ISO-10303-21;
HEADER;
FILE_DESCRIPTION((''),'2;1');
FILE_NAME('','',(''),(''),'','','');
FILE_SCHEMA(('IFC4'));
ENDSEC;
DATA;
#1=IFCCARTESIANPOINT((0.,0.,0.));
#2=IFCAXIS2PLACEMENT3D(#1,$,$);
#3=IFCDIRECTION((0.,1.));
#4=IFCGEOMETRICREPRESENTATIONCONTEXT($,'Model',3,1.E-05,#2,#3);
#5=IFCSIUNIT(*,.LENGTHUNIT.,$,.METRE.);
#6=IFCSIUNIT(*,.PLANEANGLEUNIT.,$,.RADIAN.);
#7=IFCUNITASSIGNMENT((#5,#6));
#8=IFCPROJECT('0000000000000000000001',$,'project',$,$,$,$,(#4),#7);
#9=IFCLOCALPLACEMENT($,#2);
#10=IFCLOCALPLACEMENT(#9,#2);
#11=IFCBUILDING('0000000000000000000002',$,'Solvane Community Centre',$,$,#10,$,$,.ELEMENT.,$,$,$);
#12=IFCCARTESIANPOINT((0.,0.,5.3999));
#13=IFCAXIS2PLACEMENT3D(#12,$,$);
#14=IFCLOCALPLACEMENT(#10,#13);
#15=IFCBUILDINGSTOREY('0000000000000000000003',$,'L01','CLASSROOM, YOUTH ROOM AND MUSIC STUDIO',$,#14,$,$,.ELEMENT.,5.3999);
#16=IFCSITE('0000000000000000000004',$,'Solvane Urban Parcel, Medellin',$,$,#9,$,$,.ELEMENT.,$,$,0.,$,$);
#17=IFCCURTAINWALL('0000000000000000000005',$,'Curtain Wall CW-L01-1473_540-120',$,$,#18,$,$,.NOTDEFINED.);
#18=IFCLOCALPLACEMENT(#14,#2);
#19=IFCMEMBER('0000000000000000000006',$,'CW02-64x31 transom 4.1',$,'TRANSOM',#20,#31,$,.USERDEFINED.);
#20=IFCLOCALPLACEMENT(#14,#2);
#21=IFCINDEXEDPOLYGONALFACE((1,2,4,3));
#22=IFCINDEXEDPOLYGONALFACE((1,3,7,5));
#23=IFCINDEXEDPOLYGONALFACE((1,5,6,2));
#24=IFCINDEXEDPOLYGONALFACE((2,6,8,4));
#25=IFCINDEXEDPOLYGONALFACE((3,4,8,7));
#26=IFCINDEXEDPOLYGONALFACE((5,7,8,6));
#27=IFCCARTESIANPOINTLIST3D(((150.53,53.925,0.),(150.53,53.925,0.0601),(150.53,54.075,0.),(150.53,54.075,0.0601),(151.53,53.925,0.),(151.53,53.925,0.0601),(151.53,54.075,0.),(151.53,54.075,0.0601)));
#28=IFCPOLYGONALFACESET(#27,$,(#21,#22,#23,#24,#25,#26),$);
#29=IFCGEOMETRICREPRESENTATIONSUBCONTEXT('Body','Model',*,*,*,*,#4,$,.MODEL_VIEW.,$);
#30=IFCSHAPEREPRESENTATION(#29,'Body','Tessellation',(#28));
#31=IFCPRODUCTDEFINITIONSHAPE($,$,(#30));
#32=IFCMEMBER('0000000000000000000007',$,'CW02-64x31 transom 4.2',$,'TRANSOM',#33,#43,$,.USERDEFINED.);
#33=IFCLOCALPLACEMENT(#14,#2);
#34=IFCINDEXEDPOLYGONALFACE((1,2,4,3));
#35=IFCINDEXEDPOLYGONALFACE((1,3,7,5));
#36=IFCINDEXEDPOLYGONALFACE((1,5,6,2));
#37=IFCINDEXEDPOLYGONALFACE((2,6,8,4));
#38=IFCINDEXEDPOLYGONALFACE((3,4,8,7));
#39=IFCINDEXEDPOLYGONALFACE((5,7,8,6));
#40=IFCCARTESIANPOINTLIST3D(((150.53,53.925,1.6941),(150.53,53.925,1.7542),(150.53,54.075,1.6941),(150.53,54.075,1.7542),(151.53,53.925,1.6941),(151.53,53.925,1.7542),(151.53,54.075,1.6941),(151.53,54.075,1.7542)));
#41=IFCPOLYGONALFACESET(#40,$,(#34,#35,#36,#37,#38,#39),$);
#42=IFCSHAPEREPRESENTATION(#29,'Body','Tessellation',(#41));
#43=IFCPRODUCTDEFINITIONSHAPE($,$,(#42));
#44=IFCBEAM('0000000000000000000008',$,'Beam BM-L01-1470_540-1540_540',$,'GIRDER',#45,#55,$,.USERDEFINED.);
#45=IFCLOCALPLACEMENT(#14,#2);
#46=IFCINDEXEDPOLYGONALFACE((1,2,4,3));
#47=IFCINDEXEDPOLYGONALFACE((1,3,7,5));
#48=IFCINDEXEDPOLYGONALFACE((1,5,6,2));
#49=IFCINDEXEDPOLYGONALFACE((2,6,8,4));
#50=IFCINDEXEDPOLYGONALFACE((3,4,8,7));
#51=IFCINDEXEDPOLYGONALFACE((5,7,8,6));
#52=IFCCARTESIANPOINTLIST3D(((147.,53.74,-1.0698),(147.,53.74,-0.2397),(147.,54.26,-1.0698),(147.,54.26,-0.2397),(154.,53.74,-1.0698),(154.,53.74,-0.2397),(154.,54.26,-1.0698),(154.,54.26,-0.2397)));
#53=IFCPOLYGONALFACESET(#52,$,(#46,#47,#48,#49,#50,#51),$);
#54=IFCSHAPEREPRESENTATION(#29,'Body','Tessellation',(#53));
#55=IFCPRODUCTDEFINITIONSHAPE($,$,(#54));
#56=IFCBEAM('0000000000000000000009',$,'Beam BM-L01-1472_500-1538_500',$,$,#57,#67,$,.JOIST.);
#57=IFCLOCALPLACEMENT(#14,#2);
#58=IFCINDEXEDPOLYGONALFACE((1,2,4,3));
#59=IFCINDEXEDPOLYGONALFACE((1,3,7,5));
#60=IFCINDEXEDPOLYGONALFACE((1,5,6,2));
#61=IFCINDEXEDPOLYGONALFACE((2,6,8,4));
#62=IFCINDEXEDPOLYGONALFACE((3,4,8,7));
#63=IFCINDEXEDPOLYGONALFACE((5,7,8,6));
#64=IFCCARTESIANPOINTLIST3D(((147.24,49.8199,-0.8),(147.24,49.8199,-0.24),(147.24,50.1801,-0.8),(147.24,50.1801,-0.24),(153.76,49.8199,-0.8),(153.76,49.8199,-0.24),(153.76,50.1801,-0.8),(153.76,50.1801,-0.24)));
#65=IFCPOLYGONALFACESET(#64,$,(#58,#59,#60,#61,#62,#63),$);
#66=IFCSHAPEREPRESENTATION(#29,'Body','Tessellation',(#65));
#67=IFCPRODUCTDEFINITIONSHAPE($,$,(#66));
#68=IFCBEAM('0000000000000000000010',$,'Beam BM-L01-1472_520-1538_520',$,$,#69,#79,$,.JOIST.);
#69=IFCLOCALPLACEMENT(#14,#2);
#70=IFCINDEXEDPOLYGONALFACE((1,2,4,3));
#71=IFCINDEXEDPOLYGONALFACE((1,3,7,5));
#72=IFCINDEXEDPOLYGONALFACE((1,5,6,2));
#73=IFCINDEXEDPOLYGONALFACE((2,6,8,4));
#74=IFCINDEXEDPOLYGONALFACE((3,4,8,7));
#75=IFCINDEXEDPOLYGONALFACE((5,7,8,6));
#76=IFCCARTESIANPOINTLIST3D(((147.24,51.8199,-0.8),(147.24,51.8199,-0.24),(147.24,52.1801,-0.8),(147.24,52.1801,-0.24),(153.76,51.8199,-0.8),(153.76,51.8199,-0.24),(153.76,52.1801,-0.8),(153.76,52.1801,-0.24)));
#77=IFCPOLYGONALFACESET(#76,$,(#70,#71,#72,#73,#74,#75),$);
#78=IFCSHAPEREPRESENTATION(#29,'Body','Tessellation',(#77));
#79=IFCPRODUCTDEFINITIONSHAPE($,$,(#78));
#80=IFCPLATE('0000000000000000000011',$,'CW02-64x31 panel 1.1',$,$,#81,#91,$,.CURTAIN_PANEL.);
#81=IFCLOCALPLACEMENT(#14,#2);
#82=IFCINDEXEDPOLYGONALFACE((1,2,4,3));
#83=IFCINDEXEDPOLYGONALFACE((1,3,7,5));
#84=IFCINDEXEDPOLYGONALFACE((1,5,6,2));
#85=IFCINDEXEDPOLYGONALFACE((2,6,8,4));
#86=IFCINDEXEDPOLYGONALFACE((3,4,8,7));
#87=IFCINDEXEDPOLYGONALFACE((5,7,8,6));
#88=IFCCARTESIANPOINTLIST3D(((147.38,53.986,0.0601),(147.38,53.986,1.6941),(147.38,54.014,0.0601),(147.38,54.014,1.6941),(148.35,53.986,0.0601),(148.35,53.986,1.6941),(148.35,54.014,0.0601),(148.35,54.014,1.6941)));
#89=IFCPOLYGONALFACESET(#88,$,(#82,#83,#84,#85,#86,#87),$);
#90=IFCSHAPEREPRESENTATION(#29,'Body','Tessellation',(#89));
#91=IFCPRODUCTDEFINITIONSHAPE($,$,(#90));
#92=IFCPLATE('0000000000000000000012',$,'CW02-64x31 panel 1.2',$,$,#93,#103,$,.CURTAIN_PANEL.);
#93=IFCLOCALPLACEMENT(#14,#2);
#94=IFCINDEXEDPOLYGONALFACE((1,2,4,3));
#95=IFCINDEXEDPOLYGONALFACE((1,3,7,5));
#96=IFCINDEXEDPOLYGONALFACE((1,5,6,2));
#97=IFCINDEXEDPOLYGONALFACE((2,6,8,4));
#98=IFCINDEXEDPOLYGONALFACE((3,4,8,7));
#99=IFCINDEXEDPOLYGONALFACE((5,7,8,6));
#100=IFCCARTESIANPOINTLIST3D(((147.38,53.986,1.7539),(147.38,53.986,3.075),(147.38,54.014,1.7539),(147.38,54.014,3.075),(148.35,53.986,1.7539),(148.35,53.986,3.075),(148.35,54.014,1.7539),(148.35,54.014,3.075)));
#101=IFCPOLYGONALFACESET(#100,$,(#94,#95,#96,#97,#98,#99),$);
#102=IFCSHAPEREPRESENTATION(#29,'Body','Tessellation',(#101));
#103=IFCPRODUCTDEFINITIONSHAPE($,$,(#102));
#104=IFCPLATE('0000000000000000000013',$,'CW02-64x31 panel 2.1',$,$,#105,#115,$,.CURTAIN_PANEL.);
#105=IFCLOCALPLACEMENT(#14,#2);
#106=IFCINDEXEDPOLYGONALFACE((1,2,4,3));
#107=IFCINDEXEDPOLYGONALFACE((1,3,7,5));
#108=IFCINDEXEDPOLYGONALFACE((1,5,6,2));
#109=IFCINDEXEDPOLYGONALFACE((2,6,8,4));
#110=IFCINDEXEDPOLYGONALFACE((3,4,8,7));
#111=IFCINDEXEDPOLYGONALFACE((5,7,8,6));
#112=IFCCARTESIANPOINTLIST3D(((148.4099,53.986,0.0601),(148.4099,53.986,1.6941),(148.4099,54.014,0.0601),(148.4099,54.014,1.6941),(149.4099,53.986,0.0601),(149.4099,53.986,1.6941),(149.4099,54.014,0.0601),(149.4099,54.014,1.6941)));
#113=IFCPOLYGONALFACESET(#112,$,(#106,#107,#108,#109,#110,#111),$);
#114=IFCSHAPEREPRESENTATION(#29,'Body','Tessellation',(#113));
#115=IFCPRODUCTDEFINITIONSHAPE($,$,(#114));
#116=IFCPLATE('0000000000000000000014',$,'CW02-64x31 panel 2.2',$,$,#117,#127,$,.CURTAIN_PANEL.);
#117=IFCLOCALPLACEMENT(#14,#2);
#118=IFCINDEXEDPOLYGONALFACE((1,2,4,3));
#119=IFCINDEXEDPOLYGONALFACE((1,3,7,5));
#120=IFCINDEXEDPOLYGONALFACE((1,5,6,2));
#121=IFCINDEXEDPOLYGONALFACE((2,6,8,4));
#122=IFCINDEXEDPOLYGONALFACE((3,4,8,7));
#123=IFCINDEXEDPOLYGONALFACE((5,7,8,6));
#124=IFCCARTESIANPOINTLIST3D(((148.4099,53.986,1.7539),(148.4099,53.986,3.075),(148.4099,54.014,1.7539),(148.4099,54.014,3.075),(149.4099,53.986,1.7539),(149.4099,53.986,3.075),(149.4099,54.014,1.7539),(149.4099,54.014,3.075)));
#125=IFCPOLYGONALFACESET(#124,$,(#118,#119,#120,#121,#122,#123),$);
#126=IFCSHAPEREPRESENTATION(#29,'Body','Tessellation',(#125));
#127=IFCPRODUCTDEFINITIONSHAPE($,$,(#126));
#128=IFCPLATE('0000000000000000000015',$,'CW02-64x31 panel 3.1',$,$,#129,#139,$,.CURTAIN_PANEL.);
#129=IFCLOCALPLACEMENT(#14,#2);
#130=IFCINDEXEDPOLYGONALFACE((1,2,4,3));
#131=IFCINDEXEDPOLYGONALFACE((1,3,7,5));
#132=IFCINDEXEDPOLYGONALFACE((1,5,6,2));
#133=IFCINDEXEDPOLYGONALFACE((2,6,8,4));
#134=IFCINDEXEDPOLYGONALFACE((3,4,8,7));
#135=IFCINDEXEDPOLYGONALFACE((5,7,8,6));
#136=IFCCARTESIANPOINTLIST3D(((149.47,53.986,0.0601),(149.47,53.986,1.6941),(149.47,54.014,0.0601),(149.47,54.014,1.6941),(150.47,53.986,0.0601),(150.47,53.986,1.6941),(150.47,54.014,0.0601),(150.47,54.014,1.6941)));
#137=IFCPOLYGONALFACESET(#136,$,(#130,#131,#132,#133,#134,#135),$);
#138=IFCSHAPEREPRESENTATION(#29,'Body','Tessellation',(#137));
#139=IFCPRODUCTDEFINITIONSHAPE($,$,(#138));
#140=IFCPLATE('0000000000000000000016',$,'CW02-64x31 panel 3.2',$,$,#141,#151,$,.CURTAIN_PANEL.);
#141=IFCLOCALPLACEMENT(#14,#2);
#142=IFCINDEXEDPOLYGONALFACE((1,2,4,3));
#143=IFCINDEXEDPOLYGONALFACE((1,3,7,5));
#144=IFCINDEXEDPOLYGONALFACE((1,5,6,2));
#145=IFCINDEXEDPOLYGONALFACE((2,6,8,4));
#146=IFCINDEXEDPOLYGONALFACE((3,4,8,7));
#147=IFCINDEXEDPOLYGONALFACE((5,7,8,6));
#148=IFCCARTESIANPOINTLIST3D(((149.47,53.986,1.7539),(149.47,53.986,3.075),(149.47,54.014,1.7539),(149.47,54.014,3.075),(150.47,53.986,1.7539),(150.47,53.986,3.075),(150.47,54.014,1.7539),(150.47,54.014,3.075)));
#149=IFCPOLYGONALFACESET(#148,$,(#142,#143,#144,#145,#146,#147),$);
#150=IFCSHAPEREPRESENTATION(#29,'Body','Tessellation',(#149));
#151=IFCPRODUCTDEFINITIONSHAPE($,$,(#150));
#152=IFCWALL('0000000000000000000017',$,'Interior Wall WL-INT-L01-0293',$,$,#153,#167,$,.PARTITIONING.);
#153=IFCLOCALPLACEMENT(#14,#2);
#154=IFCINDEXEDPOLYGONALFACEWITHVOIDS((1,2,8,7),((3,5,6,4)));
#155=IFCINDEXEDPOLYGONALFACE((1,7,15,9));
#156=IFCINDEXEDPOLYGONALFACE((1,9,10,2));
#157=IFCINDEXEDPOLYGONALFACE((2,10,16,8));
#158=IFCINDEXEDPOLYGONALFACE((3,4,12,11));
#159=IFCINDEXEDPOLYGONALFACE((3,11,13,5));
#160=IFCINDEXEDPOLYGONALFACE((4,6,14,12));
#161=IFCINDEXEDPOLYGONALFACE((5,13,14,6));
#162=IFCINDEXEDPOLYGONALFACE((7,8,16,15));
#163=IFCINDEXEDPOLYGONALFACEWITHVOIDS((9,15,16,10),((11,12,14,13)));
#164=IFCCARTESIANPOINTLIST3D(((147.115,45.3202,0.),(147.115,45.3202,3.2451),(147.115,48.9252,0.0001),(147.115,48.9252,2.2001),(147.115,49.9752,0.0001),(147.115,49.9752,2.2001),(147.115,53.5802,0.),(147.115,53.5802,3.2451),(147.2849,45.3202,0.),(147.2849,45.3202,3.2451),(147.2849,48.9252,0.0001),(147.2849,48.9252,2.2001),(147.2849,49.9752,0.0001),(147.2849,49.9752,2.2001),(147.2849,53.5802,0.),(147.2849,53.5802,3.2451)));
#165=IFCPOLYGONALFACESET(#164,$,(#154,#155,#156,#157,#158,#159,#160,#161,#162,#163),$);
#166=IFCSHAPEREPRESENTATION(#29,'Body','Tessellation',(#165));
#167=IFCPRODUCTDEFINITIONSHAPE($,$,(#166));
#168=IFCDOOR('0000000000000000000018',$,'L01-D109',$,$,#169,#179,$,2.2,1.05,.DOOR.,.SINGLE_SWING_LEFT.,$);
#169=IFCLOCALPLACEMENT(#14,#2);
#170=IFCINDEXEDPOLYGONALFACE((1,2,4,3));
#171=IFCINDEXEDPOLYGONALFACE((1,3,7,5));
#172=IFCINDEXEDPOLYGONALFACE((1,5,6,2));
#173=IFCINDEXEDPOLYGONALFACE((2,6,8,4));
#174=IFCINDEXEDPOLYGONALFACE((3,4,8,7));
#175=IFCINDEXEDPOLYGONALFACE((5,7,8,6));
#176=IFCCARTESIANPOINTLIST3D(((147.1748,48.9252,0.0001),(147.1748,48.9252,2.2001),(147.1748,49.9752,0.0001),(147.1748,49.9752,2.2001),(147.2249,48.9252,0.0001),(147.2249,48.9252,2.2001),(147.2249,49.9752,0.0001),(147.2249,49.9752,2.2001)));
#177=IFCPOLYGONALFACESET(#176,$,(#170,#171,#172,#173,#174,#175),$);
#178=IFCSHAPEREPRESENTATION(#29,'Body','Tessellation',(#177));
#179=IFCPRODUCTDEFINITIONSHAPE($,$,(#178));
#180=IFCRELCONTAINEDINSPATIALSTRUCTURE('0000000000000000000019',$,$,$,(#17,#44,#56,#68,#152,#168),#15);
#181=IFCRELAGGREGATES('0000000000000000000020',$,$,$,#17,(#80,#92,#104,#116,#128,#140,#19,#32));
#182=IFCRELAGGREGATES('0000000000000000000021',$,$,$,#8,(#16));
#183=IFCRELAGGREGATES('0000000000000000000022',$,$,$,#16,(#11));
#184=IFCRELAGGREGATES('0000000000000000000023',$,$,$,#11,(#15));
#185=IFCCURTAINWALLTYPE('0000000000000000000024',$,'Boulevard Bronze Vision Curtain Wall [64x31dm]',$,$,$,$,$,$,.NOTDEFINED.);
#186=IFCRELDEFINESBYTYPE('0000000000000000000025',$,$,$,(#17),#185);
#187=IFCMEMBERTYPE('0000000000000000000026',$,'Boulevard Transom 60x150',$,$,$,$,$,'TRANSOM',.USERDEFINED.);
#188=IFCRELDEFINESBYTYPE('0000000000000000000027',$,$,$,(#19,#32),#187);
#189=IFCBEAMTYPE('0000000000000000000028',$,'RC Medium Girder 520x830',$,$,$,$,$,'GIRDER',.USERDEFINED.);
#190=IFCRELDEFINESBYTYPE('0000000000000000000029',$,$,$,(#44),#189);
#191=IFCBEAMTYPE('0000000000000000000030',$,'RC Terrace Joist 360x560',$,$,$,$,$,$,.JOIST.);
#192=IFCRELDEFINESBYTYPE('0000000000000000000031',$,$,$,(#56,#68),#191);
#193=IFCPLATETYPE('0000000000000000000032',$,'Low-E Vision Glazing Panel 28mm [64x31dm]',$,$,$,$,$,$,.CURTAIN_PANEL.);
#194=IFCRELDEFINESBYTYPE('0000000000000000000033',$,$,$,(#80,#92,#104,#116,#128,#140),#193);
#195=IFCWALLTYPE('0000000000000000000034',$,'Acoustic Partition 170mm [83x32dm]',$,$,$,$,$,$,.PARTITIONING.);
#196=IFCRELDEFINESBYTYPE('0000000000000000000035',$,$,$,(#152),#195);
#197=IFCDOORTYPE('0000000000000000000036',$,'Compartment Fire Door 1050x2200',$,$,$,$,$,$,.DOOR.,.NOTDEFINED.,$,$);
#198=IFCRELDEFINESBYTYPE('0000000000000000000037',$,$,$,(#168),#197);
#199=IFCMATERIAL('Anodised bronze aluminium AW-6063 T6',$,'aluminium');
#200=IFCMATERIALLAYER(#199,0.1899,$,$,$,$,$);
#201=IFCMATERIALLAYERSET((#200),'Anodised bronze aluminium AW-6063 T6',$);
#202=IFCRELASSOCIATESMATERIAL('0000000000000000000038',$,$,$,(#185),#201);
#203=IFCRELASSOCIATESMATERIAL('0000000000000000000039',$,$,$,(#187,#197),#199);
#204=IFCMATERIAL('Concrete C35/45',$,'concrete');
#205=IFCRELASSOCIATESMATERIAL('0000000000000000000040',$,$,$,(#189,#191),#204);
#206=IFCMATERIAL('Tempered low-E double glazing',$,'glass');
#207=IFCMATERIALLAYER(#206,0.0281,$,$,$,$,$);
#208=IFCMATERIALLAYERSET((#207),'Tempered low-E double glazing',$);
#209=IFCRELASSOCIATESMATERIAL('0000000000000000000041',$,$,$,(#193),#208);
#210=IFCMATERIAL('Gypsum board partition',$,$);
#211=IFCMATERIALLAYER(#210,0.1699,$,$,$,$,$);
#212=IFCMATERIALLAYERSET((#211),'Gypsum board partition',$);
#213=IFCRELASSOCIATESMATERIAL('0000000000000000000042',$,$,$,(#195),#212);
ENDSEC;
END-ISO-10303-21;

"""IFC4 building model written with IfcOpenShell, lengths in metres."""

from ifc_helpers import new_model, si_unit, direction, frame, frame_2d, origin, origin_2d, place, context, subcontext, project, spatial, rectangle, extrude, material, layer, layer_set, material_profile, profile_set, type_object, element, fill, aggregate, save


model = new_model("IFC4")

# Units and contexts
model_context = context("Model", 3, precision=1e-05, world=origin(), true_north=direction((0.0, 1.0)))
body_context = subcontext(model_context, "Body", "Model", "MODEL_VIEW")
ifc_project = project(units=[si_unit("LENGTHUNIT", "METRE"), si_unit("PLANEANGLEUNIT", "RADIAN")], contexts=[model_context])

# Site, building, storey
site_placement = place(None, origin())
site = spatial("IfcSite", under=ifc_project, at=site_placement, Name="Solvane Urban Parcel, Medellin", CompositionType="ELEMENT", RefElevation=0.0)
building_placement = place(site_placement, origin())
building = spatial("IfcBuilding", under=site, at=building_placement, Name="Solvane Community Centre", CompositionType="ELEMENT")
storey_placement = place(building_placement, frame((0.0, 0.0, 5.3999)))
storey = spatial("IfcBuildingStorey", under=building, at=storey_placement, Name="L01", Description="CLASSROOM, YOUTH ROOM AND MUSIC STUDIO", CompositionType="ELEMENT", Elevation=5.3999)

# Shared definitions
ifc_material_1 = material(Name="Concrete C35/45", Category="concrete")

# Curtain wall, members
ifc_material_2 = material(Name="Anodised bronze aluminium AW-6063 T6", Category="aluminium")
ifc_layer_1 = layer(ifc_material_2, 0.1899)
ifc_layer_set_1 = layer_set([ifc_layer_1], Name="Anodised bronze aluminium AW-6063 T6")
curtain_wall_type = type_object("IfcCurtainWallType", Name="Boulevard Bronze Vision Curtain Wall [64x31dm]", PredefinedType="NOTDEFINED", material=ifc_layer_set_1)
curtain_wall_placement = place(storey_placement, origin())
curtain_wall = element("IfcCurtainWall", 1, at=curtain_wall_placement, inside=storey, type_object=curtain_wall_type, Name="Curtain Wall CW-L01-1473_540-120", PredefinedType="NOTDEFINED")
ifc_material_profile_1 = material_profile(ifc_material_2, rectangle(XDim=0.1499, YDim=0.0601, at=origin_2d()), Name="CW-T 60x150")
ifc_profile_set_1 = profile_set([ifc_material_profile_1], Name="Anodised bronze aluminium AW-6063 T6")
member_type_1 = type_object("IfcMemberType", Name="Boulevard Transom 60x150", ElementType="TRANSOM", PredefinedType="USERDEFINED", material=ifc_profile_set_1)
member_1_placement = place(storey_placement, frame((150.53, 54.0, 0.03), z_axis=(1.0, 0.0, 0.0), x_axis=(0.0, 1.0, 0.0)))
member_1 = element("IfcMember", 2, at=member_1_placement, type_object=member_type_1, Name="CW02-64x31 transom 4.1", ObjectType="TRANSOM", PredefinedType="USERDEFINED", context=body_context, shape_type="SweptSolid", body=[
    extrude(rectangle(XDim=0.1499, YDim=0.0601, at=origin_2d()), origin(), (0.0, 0.0, 1.0), 1.0),
])
member_2_placement = place(storey_placement, frame((150.53, 54.0, 1.7241), z_axis=(1.0, 0.0, 0.0), x_axis=(0.0, 1.0, 0.0)))
member_2 = element("IfcMember", 3, at=member_2_placement, type_object=member_type_1, Name="CW02-64x31 transom 4.2", ObjectType="TRANSOM", PredefinedType="USERDEFINED", context=body_context, shape_type="SweptSolid", body=[
    extrude(rectangle(XDim=0.1499, YDim=0.0601, at=origin_2d()), origin(), (0.0, 0.0, 1.0), 1.0),
])

# Beams
ifc_material_profile_2 = material_profile(ifc_material_1, rectangle(XDim=0.52, YDim=0.8301, at=origin_2d()), Name="RC 520x830")
ifc_profile_set_2 = profile_set([ifc_material_profile_2], Name="Concrete C35/45")
beam_type_1 = type_object("IfcBeamType", Name="RC Medium Girder 520x830", ElementType="GIRDER", PredefinedType="USERDEFINED", material=ifc_profile_set_2)
beam_placement = place(storey_placement, frame((147.0, 54.0, -0.6548), z_axis=(1.0, 0.0, 0.0), x_axis=(0.0, 1.0, 0.0)))
element("IfcBeam", 4, at=beam_placement, inside=storey, type_object=beam_type_1, Name="Beam BM-L01-1470_540-1540_540", ObjectType="GIRDER", PredefinedType="USERDEFINED", context=body_context, shape_type="SweptSolid", body=[
    extrude(rectangle(XDim=0.52, YDim=0.8301, at=origin_2d()), origin(), (0.0, 0.0, 1.0), 7.0),
])
ifc_material_profile_3 = material_profile(ifc_material_1, rectangle(XDim=0.3601, YDim=0.5601, at=origin_2d()), Name="RC 360x560")
ifc_profile_set_3 = profile_set([ifc_material_profile_3], Name="Concrete C35/45")
beam_type_2 = type_object("IfcBeamType", Name="RC Terrace Joist 360x560", PredefinedType="JOIST", material=ifc_profile_set_3)
for number, where, z_axis, x_axis, name in (
    (5, (147.24, 50.0, -0.52), (1.0, 0.0, 0.0), (0.0, 1.0, 0.0), "Beam BM-L01-1472_500-1538_500"),
    (6, (147.24, 52.0, -0.52), (1.0, 0.0, 0.0), (0.0, 1.0, 0.0), "Beam BM-L01-1472_520-1538_520"),
):
    element("IfcBeam", number, at=place(storey_placement, frame(where, z_axis=z_axis, x_axis=x_axis)), inside=storey, type_object=beam_type_2, Name=name, PredefinedType="JOIST", context=body_context, shape_type="SweptSolid", body=[
        extrude(rectangle(XDim=0.3601, YDim=0.5601, at=origin_2d()), origin(), (0.0, 0.0, 1.0), 6.52),
    ])

# Plates
ifc_material_3 = material(Name="Tempered low-E double glazing", Category="glass")
ifc_layer_2 = layer(ifc_material_3, 0.0281)
ifc_layer_set_2 = layer_set([ifc_layer_2], Name="Tempered low-E double glazing")
plate_type = type_object("IfcPlateType", Name="Low-E Vision Glazing Panel 28mm [64x31dm]", PredefinedType="CURTAIN_PANEL", material=ifc_layer_set_2)
plate_1_placement = place(storey_placement, frame((147.865, 54.0, 0.0601), z_axis=(0.0, 0.0, 1.0), x_axis=(1.0, 0.0, 0.0)))
plate_1 = element("IfcPlate", 7, at=plate_1_placement, type_object=plate_type, Name="CW02-64x31 panel 1.1", PredefinedType="CURTAIN_PANEL", context=body_context, shape_type="SweptSolid", body=[
    extrude(rectangle(XDim=0.97, YDim=0.0281, at=origin_2d()), origin(), (0.0, 0.0, 1.0), 1.634),
])
plate_2_placement = place(storey_placement, frame((147.865, 54.0, 1.7539), z_axis=(0.0, 0.0, 1.0), x_axis=(1.0, 0.0, 0.0)))
plate_2 = element("IfcPlate", 8, at=plate_2_placement, type_object=plate_type, Name="CW02-64x31 panel 1.2", PredefinedType="CURTAIN_PANEL", context=body_context, shape_type="SweptSolid", body=[
    extrude(rectangle(XDim=0.97, YDim=0.0281, at=origin_2d()), origin(), (0.0, 0.0, 1.0), 1.321),
])
plate_3_placement = place(storey_placement, frame((148.9099, 54.0, 0.0601), z_axis=(0.0, 0.0, 1.0), x_axis=(1.0, 0.0, 0.0)))
plate_3 = element("IfcPlate", 9, at=plate_3_placement, type_object=plate_type, Name="CW02-64x31 panel 2.1", PredefinedType="CURTAIN_PANEL", context=body_context, shape_type="SweptSolid", body=[
    extrude(rectangle(XDim=1.0, YDim=0.0281, at=origin_2d()), origin(), (0.0, 0.0, 1.0), 1.634),
])
plate_4_placement = place(storey_placement, frame((148.9099, 54.0, 1.7539), z_axis=(0.0, 0.0, 1.0), x_axis=(1.0, 0.0, 0.0)))
plate_4 = element("IfcPlate", 10, at=plate_4_placement, type_object=plate_type, Name="CW02-64x31 panel 2.2", PredefinedType="CURTAIN_PANEL", context=body_context, shape_type="SweptSolid", body=[
    extrude(rectangle(XDim=1.0, YDim=0.0281, at=origin_2d()), origin(), (0.0, 0.0, 1.0), 1.321),
])
plate_5_placement = place(storey_placement, frame((149.97, 54.0, 0.0601), z_axis=(0.0, 0.0, 1.0), x_axis=(1.0, 0.0, 0.0)))
plate_5 = element("IfcPlate", 11, at=plate_5_placement, type_object=plate_type, Name="CW02-64x31 panel 3.1", PredefinedType="CURTAIN_PANEL", context=body_context, shape_type="SweptSolid", body=[
    extrude(rectangle(XDim=1.0, YDim=0.0281, at=origin_2d()), origin(), (0.0, 0.0, 1.0), 1.634),
])
plate_6_placement = place(storey_placement, frame((149.97, 54.0, 1.7539), z_axis=(0.0, 0.0, 1.0), x_axis=(1.0, 0.0, 0.0)))
plate_6 = element("IfcPlate", 12, at=plate_6_placement, type_object=plate_type, Name="CW02-64x31 panel 3.2", PredefinedType="CURTAIN_PANEL", context=body_context, shape_type="SweptSolid", body=[
    extrude(rectangle(XDim=1.0, YDim=0.0281, at=origin_2d()), origin(), (0.0, 0.0, 1.0), 1.321),
])
aggregate(curtain_wall, [plate_1, plate_2, plate_3, plate_4, plate_5, plate_6, member_1, member_2])

# Wall, opening, door
ifc_material_4 = material(Name="Gypsum board partition")
ifc_layer_3 = layer(ifc_material_4, 0.1699)
ifc_layer_set_3 = layer_set([ifc_layer_3], Name="Gypsum board partition")
wall_type = type_object("IfcWallType", Name="Acoustic Partition 170mm [83x32dm]", PredefinedType="PARTITIONING", material=ifc_layer_set_3)
wall_placement = place(storey_placement, frame((147.2, 53.5801, 0.0), z_axis=(0.0, 0.0, 1.0), x_axis=(0.0, -1.0, 0.0)))
wall = element("IfcWall", 13, at=wall_placement, inside=storey, type_object=wall_type, Name="Interior Wall WL-INT-L01-0293", PredefinedType="PARTITIONING", context=body_context, shape_type="SweptSolid", body=[
    extrude(rectangle(XDim=8.26, YDim=0.1699, at=frame_2d((4.1299, 0.0))), origin(), (0.0, 0.0, 1.0), 3.2451),
])
opening_placement = place(wall_placement, frame((3.605, 0.0, 0.0)))
opening = element("IfcOpeningElement", 14, at=opening_placement, cuts=wall, PredefinedType="OPENING", context=body_context, shape_type="SweptSolid", body=[
    extrude(rectangle(XDim=1.05, YDim=2.2, at=frame_2d((0.5249, 1.1001))), frame((0.0, 0.095, 0.0), z_axis=(0.0, -1.0, 0.0), x_axis=(1.0, 0.0, 0.0)), (0.0, 0.0, 1.0), 0.1899),
])
door_type = type_object("IfcDoorType", Name="Compartment Fire Door 1050x2200", OperationType="NOTDEFINED", PredefinedType="DOOR", material=ifc_material_2)
door_placement = place(opening_placement, origin())
door = element("IfcDoor", 15, at=door_placement, inside=storey, type_object=door_type, Name="L01-D109", OperationType="SINGLE_SWING_LEFT", OverallHeight=2.2, OverallWidth=1.05, PredefinedType="DOOR", context=body_context, shape_type="SweptSolid", body=[
    extrude(rectangle(XDim=1.05, YDim=2.2, at=frame_2d((0.5249, 1.1001))), frame((0.0, 0.0249, 0.0), z_axis=(0.0, -1.0, 0.0), x_axis=(1.0, 0.0, 0.0)), (0.0, 0.0, 1.0), 0.05),
])
fill(opening, door)

save(model, "model.ifc")
